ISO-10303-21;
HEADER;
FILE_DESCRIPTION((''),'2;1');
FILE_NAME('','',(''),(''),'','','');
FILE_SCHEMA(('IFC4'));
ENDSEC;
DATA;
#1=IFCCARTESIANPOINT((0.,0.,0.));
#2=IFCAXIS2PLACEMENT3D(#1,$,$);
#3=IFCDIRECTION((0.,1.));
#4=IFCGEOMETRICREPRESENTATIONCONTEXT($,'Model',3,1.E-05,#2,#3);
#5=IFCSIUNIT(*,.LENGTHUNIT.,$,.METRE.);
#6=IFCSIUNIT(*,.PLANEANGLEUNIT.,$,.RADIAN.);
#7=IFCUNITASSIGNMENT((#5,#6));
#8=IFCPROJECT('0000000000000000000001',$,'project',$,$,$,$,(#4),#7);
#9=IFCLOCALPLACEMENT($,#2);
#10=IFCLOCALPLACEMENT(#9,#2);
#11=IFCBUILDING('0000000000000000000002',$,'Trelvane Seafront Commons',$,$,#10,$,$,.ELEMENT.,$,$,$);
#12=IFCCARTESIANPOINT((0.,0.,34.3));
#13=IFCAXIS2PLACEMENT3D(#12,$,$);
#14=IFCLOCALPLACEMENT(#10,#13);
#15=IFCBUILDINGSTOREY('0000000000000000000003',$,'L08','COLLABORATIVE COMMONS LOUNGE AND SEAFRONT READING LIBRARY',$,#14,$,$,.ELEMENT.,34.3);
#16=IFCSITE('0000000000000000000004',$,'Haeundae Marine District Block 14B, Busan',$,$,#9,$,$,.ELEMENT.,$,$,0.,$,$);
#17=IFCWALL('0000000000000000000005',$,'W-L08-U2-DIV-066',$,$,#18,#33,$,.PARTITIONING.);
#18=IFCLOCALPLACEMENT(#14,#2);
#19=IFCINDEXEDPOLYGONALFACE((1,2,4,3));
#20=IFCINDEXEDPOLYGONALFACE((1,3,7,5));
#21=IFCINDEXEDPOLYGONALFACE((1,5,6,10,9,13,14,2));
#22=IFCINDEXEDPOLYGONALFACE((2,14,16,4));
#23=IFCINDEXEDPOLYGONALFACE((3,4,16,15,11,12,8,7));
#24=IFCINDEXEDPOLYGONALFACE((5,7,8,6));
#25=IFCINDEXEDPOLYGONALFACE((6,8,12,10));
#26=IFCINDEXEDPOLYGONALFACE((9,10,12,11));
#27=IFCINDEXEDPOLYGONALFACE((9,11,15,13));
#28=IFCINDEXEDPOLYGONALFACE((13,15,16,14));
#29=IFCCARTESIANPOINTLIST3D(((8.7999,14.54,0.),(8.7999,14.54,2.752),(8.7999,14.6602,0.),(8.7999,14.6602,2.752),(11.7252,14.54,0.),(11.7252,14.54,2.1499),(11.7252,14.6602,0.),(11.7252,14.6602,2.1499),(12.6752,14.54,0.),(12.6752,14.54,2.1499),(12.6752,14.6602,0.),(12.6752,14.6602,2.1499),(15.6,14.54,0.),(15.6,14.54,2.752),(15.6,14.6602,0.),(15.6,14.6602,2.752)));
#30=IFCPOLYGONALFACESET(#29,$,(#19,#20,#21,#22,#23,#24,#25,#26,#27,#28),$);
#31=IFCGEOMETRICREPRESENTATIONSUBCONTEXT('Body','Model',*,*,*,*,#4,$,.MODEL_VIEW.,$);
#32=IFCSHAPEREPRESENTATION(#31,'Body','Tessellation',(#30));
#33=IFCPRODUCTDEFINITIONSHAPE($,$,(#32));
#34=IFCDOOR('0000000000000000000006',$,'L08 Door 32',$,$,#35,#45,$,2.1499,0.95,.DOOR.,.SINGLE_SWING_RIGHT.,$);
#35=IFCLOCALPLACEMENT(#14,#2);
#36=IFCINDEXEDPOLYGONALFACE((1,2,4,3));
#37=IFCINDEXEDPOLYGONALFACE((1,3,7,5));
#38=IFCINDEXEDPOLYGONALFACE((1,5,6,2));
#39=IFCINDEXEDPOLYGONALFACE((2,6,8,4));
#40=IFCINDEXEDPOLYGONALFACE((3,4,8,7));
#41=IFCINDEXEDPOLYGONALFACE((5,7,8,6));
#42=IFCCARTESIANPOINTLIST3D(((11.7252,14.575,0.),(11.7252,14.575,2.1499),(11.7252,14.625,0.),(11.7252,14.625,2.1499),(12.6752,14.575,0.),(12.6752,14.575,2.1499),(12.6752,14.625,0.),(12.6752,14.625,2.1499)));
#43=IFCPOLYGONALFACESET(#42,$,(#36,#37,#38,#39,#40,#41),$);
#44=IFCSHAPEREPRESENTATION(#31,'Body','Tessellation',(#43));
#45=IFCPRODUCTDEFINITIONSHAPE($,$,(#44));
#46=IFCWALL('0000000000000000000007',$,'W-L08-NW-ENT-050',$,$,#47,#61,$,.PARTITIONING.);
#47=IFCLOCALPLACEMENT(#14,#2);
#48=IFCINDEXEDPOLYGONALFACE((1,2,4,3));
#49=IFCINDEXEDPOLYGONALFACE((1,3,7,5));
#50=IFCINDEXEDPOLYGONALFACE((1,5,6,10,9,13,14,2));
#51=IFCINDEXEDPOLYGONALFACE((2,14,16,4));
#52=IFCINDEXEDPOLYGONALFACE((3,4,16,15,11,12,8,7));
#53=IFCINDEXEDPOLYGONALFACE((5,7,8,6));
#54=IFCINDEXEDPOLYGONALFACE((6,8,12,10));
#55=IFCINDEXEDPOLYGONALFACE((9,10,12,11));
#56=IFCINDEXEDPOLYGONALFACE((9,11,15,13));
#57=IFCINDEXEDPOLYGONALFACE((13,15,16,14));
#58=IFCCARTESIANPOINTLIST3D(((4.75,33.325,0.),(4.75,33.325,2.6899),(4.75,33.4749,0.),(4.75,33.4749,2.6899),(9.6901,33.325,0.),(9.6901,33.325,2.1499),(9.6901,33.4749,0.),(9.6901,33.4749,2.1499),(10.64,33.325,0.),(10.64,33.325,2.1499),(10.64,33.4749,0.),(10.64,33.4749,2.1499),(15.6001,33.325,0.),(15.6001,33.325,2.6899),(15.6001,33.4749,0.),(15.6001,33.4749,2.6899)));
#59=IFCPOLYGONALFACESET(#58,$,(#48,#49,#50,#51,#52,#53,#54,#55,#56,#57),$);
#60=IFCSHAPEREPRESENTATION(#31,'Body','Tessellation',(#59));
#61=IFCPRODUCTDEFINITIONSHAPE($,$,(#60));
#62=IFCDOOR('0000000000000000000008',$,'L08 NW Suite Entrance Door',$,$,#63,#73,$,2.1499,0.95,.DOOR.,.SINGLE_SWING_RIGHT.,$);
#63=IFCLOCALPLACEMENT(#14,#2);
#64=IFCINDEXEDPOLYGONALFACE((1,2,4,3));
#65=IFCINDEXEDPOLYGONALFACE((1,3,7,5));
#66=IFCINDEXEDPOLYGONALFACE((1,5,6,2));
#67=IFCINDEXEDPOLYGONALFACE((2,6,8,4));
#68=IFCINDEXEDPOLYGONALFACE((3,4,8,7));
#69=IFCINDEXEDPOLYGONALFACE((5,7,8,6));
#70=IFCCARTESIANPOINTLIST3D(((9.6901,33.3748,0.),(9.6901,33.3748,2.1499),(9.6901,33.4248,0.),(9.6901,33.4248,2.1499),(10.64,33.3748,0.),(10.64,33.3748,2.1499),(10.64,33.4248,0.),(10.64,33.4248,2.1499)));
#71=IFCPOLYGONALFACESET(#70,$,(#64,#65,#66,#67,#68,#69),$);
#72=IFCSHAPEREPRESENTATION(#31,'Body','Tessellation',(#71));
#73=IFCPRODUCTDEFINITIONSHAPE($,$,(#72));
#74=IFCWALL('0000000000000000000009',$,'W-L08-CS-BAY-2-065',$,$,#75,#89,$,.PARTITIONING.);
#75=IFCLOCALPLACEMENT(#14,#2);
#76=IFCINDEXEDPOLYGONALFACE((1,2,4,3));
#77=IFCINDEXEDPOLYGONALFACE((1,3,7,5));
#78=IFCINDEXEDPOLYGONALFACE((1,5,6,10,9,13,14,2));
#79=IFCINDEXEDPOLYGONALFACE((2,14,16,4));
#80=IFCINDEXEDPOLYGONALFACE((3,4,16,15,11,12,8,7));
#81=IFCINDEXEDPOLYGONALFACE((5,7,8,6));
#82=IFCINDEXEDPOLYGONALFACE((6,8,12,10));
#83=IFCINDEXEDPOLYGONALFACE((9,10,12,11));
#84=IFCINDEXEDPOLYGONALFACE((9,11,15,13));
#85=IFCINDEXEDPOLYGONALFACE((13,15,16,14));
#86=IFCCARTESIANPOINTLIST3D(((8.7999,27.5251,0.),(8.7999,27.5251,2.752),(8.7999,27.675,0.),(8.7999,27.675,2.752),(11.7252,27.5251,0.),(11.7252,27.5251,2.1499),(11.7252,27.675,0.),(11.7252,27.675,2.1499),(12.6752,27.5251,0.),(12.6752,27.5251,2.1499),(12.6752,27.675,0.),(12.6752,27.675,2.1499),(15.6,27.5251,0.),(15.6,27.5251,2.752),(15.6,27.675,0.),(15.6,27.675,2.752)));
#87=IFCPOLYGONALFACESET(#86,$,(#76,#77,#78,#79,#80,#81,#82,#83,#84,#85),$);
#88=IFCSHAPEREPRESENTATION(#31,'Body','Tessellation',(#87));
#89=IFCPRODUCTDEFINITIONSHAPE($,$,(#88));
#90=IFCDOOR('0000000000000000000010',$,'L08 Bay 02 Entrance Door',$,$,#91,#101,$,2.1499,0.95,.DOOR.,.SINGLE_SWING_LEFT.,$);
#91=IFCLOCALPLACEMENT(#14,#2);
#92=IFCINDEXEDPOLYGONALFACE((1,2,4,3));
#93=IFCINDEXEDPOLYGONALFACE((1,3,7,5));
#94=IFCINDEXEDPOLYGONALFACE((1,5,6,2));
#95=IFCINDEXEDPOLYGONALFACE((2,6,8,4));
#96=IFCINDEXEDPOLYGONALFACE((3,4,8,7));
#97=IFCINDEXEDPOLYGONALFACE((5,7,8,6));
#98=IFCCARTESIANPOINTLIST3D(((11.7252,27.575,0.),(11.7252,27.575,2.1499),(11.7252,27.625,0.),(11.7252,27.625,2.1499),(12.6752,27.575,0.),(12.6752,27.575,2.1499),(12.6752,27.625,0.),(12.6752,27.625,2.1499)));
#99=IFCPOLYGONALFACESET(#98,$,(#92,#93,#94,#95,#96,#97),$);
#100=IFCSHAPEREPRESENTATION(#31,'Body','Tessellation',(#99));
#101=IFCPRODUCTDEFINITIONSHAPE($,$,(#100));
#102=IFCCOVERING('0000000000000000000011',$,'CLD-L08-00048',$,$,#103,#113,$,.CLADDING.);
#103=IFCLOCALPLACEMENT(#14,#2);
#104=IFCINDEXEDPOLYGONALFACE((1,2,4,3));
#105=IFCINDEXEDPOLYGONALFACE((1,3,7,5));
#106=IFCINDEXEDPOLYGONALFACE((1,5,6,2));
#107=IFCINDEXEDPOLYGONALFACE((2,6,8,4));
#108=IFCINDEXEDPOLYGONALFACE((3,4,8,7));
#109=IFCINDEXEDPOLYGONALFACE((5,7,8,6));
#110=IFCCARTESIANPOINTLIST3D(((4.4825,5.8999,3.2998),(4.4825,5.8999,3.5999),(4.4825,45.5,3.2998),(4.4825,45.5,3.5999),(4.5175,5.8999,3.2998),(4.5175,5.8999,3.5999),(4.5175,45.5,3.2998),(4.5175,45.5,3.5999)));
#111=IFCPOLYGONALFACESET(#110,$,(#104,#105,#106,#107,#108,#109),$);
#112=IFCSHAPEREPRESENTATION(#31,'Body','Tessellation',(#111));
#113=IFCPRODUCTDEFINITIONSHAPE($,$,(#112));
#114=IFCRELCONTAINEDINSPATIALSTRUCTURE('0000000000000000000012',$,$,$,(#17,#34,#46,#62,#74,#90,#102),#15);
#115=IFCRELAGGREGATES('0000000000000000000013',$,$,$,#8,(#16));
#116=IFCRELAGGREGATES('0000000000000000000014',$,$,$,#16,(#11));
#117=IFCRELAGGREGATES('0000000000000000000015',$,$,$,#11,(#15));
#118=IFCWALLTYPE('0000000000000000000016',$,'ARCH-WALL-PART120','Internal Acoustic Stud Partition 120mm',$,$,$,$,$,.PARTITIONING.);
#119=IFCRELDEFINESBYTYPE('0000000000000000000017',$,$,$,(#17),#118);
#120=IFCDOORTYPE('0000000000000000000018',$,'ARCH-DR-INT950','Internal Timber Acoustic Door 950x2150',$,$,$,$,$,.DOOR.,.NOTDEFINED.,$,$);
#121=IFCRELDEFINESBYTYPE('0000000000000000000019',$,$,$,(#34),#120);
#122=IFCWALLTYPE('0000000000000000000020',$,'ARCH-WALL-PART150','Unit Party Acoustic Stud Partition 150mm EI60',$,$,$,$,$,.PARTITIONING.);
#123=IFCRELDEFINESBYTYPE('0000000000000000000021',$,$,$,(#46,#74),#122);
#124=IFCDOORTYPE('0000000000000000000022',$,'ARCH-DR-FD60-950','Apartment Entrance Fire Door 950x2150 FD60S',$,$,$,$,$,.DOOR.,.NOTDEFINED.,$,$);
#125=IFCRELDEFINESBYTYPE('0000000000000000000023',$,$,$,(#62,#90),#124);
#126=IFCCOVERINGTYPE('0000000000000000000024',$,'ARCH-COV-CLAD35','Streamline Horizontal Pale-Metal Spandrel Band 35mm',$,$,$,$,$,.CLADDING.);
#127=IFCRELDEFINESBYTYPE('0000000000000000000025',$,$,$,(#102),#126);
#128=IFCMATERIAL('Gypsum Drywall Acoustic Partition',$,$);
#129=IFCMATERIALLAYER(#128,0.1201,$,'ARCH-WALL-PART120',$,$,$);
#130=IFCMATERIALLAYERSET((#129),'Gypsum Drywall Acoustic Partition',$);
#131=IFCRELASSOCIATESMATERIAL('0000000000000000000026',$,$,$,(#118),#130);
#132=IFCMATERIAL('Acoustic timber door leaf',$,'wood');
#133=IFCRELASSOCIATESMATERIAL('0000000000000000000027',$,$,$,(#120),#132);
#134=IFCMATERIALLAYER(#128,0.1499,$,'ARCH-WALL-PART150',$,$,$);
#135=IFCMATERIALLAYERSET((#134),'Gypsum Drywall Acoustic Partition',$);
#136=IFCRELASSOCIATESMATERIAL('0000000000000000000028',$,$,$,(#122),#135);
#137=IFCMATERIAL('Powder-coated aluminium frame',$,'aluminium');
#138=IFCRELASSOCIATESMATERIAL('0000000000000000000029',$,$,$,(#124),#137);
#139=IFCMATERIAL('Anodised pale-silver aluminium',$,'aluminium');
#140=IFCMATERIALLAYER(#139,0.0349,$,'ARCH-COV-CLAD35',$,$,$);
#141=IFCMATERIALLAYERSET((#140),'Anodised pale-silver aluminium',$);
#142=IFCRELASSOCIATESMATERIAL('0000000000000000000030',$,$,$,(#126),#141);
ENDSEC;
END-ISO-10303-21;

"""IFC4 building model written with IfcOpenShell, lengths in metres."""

from ifc_helpers import new_model, si_unit, direction, frame, frame_2d, origin, origin_2d, place, context, subcontext, project, spatial, rectangle, extrude, source, transform, mapped, material, layer, layer_set, type_object, element, fill, save


model = new_model("IFC4")

# Units and contexts
model_context = context("Model", 3, precision=1e-05, world=origin(), true_north=direction((0.0, 1.0)))
body_context = subcontext(model_context, "Body", "Model", "MODEL_VIEW")
ifc_project = project(units=[si_unit("LENGTHUNIT", "METRE"), si_unit("PLANEANGLEUNIT", "RADIAN")], contexts=[model_context])

# Site, building, storey
site_placement = place(None, origin())
site = spatial("IfcSite", under=ifc_project, at=site_placement, Name="Haeundae Marine District Block 14B, Busan", CompositionType="ELEMENT", RefElevation=0.0)
building_placement = place(site_placement, origin())
building = spatial("IfcBuilding", under=site, at=building_placement, Name="Trelvane Seafront Commons", CompositionType="ELEMENT")
storey_placement = place(building_placement, frame((0.0, 0.0, 34.3)))
storey = spatial("IfcBuildingStorey", under=building, at=storey_placement, Name="L08", Description="COLLABORATIVE COMMONS LOUNGE AND SEAFRONT READING LIBRARY", CompositionType="ELEMENT", Elevation=34.3)

# Shared definitions
ifc_material_1 = material(Name="Anodised pale-silver aluminium", Category="aluminium")

# Walls, openings, doors
ifc_material_2 = material(Name="Gypsum Drywall Acoustic Partition")
ifc_layer_1 = layer(ifc_material_2, 0.1201, Name="ARCH-WALL-PART120")
ifc_layer_set_1 = layer_set([ifc_layer_1], Name="Gypsum Drywall Acoustic Partition")
wall_type_1 = type_object("IfcWallType", Name="ARCH-WALL-PART120", Description="Internal Acoustic Stud Partition 120mm", PredefinedType="PARTITIONING", material=ifc_layer_set_1)
ifc_material_3 = material(Name="Acoustic timber door leaf", Category="wood")
door_type_1 = type_object("IfcDoorType", Name="ARCH-DR-INT950", Description="Internal Timber Acoustic Door 950x2150", OperationType="NOTDEFINED", PredefinedType="DOOR", material=ifc_material_3)
shared_shape_1 = source(origin(), body_context, "Body", "SweptSolid", [
    extrude(rectangle(XDim=0.95, YDim=2.1499, at=frame_2d((0.4751, 1.075))), frame((0.0, 0.0249, 0.0), z_axis=(0.0, -1.0, 0.0), x_axis=(1.0, 0.0, 0.0)), (0.0, 0.0, 1.0), 0.05),
])
wall_1_placement = place(storey_placement, frame((8.8, 14.6001, 0.0), z_axis=(0.0, 0.0, 1.0), x_axis=(1.0, 0.0, 0.0)))
wall_1 = element("IfcWall", 1, at=wall_1_placement, inside=storey, type_object=wall_type_1, Name="W-L08-U2-DIV-066", PredefinedType="PARTITIONING", context=body_context, shape_type="SweptSolid", body=[
    extrude(rectangle(XDim=6.8, YDim=0.1201, at=frame_2d((3.3999, 0.0))), origin(), (0.0, 0.0, 1.0), 2.752),
])
opening_1_placement = place(wall_1_placement, frame((2.925, 0.0, 0.0)))
opening_1 = element("IfcOpeningElement", 2, at=opening_1_placement, cuts=wall_1, PredefinedType="OPENING", context=body_context, shape_type="SweptSolid", body=[
    extrude(rectangle(XDim=0.95, YDim=2.1499, at=frame_2d((0.4751, 1.075))), frame((0.0, 0.0701, 0.0), z_axis=(0.0, -1.0, 0.0), x_axis=(1.0, 0.0, 0.0)), (0.0, 0.0, 1.0), 0.1401),
])
door_1_placement = place(opening_1_placement, origin())
door_1 = element("IfcDoor", 3, at=door_1_placement, inside=storey, type_object=door_type_1, Name="L08 Door 32", OperationType="SINGLE_SWING_RIGHT", OverallHeight=2.1499, OverallWidth=0.95, PredefinedType="DOOR", context=body_context, shape_type="MappedRepresentation", body=[
    mapped(shared_shape_1, transform((0.0, 0.0, 0.0), x_axis=(1.0, 0.0, 0.0), y_axis=(0.0, 1.0, 0.0), z_axis=(0.0, 0.0, 1.0), scale=1.0)),
])
fill(opening_1, door_1)
ifc_layer_2 = layer(ifc_material_2, 0.1499, Name="ARCH-WALL-PART150")
ifc_layer_set_2 = layer_set([ifc_layer_2], Name="Gypsum Drywall Acoustic Partition")
wall_type_2 = type_object("IfcWallType", Name="ARCH-WALL-PART150", Description="Unit Party Acoustic Stud Partition 150mm EI60", PredefinedType="PARTITIONING", material=ifc_layer_set_2)
wall_2_placement = place(storey_placement, frame((4.75, 33.3999, 0.0), z_axis=(0.0, 0.0, 1.0), x_axis=(1.0, 0.0, 0.0)))
wall_2 = element("IfcWall", 4, at=wall_2_placement, inside=storey, type_object=wall_type_2, Name="W-L08-NW-ENT-050", PredefinedType="PARTITIONING", context=body_context, shape_type="SweptSolid", body=[
    extrude(rectangle(XDim=10.8501, YDim=0.1499, at=frame_2d((5.425, 0.0))), origin(), (0.0, 0.0, 1.0), 2.6899),
])
opening_2_placement = place(wall_2_placement, frame((4.9399, 0.0, 0.0)))
opening_2 = element("IfcOpeningElement", 5, at=opening_2_placement, cuts=wall_2, PredefinedType="OPENING", context=body_context, shape_type="SweptSolid", body=[
    extrude(rectangle(XDim=0.95, YDim=2.1499, at=frame_2d((0.4751, 1.075))), frame((0.0, 0.085, 0.0), z_axis=(0.0, -1.0, 0.0), x_axis=(1.0, 0.0, 0.0)), (0.0, 0.0, 1.0), 0.1699),
])
ifc_material_4 = material(Name="Powder-coated aluminium frame", Category="aluminium")
door_type_2 = type_object("IfcDoorType", Name="ARCH-DR-FD60-950", Description="Apartment Entrance Fire Door 950x2150 FD60S", OperationType="NOTDEFINED", PredefinedType="DOOR", material=ifc_material_4)
door_2_placement = place(opening_2_placement, origin())
door_2 = element("IfcDoor", 6, at=door_2_placement, inside=storey, type_object=door_type_2, Name="L08 NW Suite Entrance Door", OperationType="SINGLE_SWING_RIGHT", OverallHeight=2.1499, OverallWidth=0.95, PredefinedType="DOOR", context=body_context, shape_type="MappedRepresentation", body=[
    mapped(shared_shape_1, transform((0.0, 0.0, 0.0), x_axis=(1.0, 0.0, 0.0), y_axis=(0.0, 1.0, 0.0), z_axis=(0.0, 0.0, 1.0), scale=1.0)),
])
fill(opening_2, door_2)
wall_3_placement = place(storey_placement, frame((8.8, 27.6001, 0.0), z_axis=(0.0, 0.0, 1.0), x_axis=(1.0, 0.0, 0.0)))
wall_3 = element("IfcWall", 7, at=wall_3_placement, inside=storey, type_object=wall_type_2, Name="W-L08-CS-BAY-2-065", PredefinedType="PARTITIONING", context=body_context, shape_type="SweptSolid", body=[
    extrude(rectangle(XDim=6.8, YDim=0.1499, at=frame_2d((3.3999, 0.0))), origin(), (0.0, 0.0, 1.0), 2.752),
])
opening_3_placement = place(wall_3_placement, frame((2.925, 0.0, 0.0)))
opening_3 = element("IfcOpeningElement", 8, at=opening_3_placement, cuts=wall_3, PredefinedType="OPENING", context=body_context, shape_type="SweptSolid", body=[
    extrude(rectangle(XDim=0.95, YDim=2.1499, at=frame_2d((0.4751, 1.075))), frame((0.0, 0.085, 0.0), z_axis=(0.0, -1.0, 0.0), x_axis=(1.0, 0.0, 0.0)), (0.0, 0.0, 1.0), 0.1699),
])
door_3_placement = place(opening_3_placement, origin())
door_3 = element("IfcDoor", 9, at=door_3_placement, inside=storey, type_object=door_type_2, Name="L08 Bay 02 Entrance Door", OperationType="SINGLE_SWING_LEFT", OverallHeight=2.1499, OverallWidth=0.95, PredefinedType="DOOR", context=body_context, shape_type="MappedRepresentation", body=[
    mapped(shared_shape_1, transform((0.0, 0.0, 0.0), x_axis=(1.0, 0.0, 0.0), y_axis=(0.0, 1.0, 0.0), z_axis=(0.0, 0.0, 1.0), scale=1.0)),
])
fill(opening_3, door_3)

# Covering
ifc_layer_3 = layer(ifc_material_1, 0.0349, Name="ARCH-COV-CLAD35")
ifc_layer_set_3 = layer_set([ifc_layer_3], Name="Anodised pale-silver aluminium")
covering_type = type_object("IfcCoveringType", Name="ARCH-COV-CLAD35", Description="Streamline Horizontal Pale-Metal Spandrel Band 35mm", PredefinedType="CLADDING", material=ifc_layer_set_3)
shared_shape_2 = source(origin(), body_context, "Body", "SweptSolid", [
    extrude(rectangle(XDim=39.6001, YDim=0.0349, at=origin_2d()), origin(), (0.0, 0.0, 1.0), 0.3),
])
covering_placement = place(storey_placement, frame((4.5, 25.7, 3.2998), z_axis=(0.0, 0.0, 1.0), x_axis=(0.0, 1.0, 0.0)))
element("IfcCovering", 10, at=covering_placement, inside=storey, type_object=covering_type, Name="CLD-L08-00048", PredefinedType="CLADDING", context=body_context, shape_type="MappedRepresentation", body=[
    mapped(shared_shape_2, transform((0.0, 0.0, 0.0), x_axis=(1.0, 0.0, 0.0), y_axis=(0.0, 1.0, 0.0), z_axis=(0.0, 0.0, 1.0), scale=1.0)),
])

save(model, "model.ifc")
